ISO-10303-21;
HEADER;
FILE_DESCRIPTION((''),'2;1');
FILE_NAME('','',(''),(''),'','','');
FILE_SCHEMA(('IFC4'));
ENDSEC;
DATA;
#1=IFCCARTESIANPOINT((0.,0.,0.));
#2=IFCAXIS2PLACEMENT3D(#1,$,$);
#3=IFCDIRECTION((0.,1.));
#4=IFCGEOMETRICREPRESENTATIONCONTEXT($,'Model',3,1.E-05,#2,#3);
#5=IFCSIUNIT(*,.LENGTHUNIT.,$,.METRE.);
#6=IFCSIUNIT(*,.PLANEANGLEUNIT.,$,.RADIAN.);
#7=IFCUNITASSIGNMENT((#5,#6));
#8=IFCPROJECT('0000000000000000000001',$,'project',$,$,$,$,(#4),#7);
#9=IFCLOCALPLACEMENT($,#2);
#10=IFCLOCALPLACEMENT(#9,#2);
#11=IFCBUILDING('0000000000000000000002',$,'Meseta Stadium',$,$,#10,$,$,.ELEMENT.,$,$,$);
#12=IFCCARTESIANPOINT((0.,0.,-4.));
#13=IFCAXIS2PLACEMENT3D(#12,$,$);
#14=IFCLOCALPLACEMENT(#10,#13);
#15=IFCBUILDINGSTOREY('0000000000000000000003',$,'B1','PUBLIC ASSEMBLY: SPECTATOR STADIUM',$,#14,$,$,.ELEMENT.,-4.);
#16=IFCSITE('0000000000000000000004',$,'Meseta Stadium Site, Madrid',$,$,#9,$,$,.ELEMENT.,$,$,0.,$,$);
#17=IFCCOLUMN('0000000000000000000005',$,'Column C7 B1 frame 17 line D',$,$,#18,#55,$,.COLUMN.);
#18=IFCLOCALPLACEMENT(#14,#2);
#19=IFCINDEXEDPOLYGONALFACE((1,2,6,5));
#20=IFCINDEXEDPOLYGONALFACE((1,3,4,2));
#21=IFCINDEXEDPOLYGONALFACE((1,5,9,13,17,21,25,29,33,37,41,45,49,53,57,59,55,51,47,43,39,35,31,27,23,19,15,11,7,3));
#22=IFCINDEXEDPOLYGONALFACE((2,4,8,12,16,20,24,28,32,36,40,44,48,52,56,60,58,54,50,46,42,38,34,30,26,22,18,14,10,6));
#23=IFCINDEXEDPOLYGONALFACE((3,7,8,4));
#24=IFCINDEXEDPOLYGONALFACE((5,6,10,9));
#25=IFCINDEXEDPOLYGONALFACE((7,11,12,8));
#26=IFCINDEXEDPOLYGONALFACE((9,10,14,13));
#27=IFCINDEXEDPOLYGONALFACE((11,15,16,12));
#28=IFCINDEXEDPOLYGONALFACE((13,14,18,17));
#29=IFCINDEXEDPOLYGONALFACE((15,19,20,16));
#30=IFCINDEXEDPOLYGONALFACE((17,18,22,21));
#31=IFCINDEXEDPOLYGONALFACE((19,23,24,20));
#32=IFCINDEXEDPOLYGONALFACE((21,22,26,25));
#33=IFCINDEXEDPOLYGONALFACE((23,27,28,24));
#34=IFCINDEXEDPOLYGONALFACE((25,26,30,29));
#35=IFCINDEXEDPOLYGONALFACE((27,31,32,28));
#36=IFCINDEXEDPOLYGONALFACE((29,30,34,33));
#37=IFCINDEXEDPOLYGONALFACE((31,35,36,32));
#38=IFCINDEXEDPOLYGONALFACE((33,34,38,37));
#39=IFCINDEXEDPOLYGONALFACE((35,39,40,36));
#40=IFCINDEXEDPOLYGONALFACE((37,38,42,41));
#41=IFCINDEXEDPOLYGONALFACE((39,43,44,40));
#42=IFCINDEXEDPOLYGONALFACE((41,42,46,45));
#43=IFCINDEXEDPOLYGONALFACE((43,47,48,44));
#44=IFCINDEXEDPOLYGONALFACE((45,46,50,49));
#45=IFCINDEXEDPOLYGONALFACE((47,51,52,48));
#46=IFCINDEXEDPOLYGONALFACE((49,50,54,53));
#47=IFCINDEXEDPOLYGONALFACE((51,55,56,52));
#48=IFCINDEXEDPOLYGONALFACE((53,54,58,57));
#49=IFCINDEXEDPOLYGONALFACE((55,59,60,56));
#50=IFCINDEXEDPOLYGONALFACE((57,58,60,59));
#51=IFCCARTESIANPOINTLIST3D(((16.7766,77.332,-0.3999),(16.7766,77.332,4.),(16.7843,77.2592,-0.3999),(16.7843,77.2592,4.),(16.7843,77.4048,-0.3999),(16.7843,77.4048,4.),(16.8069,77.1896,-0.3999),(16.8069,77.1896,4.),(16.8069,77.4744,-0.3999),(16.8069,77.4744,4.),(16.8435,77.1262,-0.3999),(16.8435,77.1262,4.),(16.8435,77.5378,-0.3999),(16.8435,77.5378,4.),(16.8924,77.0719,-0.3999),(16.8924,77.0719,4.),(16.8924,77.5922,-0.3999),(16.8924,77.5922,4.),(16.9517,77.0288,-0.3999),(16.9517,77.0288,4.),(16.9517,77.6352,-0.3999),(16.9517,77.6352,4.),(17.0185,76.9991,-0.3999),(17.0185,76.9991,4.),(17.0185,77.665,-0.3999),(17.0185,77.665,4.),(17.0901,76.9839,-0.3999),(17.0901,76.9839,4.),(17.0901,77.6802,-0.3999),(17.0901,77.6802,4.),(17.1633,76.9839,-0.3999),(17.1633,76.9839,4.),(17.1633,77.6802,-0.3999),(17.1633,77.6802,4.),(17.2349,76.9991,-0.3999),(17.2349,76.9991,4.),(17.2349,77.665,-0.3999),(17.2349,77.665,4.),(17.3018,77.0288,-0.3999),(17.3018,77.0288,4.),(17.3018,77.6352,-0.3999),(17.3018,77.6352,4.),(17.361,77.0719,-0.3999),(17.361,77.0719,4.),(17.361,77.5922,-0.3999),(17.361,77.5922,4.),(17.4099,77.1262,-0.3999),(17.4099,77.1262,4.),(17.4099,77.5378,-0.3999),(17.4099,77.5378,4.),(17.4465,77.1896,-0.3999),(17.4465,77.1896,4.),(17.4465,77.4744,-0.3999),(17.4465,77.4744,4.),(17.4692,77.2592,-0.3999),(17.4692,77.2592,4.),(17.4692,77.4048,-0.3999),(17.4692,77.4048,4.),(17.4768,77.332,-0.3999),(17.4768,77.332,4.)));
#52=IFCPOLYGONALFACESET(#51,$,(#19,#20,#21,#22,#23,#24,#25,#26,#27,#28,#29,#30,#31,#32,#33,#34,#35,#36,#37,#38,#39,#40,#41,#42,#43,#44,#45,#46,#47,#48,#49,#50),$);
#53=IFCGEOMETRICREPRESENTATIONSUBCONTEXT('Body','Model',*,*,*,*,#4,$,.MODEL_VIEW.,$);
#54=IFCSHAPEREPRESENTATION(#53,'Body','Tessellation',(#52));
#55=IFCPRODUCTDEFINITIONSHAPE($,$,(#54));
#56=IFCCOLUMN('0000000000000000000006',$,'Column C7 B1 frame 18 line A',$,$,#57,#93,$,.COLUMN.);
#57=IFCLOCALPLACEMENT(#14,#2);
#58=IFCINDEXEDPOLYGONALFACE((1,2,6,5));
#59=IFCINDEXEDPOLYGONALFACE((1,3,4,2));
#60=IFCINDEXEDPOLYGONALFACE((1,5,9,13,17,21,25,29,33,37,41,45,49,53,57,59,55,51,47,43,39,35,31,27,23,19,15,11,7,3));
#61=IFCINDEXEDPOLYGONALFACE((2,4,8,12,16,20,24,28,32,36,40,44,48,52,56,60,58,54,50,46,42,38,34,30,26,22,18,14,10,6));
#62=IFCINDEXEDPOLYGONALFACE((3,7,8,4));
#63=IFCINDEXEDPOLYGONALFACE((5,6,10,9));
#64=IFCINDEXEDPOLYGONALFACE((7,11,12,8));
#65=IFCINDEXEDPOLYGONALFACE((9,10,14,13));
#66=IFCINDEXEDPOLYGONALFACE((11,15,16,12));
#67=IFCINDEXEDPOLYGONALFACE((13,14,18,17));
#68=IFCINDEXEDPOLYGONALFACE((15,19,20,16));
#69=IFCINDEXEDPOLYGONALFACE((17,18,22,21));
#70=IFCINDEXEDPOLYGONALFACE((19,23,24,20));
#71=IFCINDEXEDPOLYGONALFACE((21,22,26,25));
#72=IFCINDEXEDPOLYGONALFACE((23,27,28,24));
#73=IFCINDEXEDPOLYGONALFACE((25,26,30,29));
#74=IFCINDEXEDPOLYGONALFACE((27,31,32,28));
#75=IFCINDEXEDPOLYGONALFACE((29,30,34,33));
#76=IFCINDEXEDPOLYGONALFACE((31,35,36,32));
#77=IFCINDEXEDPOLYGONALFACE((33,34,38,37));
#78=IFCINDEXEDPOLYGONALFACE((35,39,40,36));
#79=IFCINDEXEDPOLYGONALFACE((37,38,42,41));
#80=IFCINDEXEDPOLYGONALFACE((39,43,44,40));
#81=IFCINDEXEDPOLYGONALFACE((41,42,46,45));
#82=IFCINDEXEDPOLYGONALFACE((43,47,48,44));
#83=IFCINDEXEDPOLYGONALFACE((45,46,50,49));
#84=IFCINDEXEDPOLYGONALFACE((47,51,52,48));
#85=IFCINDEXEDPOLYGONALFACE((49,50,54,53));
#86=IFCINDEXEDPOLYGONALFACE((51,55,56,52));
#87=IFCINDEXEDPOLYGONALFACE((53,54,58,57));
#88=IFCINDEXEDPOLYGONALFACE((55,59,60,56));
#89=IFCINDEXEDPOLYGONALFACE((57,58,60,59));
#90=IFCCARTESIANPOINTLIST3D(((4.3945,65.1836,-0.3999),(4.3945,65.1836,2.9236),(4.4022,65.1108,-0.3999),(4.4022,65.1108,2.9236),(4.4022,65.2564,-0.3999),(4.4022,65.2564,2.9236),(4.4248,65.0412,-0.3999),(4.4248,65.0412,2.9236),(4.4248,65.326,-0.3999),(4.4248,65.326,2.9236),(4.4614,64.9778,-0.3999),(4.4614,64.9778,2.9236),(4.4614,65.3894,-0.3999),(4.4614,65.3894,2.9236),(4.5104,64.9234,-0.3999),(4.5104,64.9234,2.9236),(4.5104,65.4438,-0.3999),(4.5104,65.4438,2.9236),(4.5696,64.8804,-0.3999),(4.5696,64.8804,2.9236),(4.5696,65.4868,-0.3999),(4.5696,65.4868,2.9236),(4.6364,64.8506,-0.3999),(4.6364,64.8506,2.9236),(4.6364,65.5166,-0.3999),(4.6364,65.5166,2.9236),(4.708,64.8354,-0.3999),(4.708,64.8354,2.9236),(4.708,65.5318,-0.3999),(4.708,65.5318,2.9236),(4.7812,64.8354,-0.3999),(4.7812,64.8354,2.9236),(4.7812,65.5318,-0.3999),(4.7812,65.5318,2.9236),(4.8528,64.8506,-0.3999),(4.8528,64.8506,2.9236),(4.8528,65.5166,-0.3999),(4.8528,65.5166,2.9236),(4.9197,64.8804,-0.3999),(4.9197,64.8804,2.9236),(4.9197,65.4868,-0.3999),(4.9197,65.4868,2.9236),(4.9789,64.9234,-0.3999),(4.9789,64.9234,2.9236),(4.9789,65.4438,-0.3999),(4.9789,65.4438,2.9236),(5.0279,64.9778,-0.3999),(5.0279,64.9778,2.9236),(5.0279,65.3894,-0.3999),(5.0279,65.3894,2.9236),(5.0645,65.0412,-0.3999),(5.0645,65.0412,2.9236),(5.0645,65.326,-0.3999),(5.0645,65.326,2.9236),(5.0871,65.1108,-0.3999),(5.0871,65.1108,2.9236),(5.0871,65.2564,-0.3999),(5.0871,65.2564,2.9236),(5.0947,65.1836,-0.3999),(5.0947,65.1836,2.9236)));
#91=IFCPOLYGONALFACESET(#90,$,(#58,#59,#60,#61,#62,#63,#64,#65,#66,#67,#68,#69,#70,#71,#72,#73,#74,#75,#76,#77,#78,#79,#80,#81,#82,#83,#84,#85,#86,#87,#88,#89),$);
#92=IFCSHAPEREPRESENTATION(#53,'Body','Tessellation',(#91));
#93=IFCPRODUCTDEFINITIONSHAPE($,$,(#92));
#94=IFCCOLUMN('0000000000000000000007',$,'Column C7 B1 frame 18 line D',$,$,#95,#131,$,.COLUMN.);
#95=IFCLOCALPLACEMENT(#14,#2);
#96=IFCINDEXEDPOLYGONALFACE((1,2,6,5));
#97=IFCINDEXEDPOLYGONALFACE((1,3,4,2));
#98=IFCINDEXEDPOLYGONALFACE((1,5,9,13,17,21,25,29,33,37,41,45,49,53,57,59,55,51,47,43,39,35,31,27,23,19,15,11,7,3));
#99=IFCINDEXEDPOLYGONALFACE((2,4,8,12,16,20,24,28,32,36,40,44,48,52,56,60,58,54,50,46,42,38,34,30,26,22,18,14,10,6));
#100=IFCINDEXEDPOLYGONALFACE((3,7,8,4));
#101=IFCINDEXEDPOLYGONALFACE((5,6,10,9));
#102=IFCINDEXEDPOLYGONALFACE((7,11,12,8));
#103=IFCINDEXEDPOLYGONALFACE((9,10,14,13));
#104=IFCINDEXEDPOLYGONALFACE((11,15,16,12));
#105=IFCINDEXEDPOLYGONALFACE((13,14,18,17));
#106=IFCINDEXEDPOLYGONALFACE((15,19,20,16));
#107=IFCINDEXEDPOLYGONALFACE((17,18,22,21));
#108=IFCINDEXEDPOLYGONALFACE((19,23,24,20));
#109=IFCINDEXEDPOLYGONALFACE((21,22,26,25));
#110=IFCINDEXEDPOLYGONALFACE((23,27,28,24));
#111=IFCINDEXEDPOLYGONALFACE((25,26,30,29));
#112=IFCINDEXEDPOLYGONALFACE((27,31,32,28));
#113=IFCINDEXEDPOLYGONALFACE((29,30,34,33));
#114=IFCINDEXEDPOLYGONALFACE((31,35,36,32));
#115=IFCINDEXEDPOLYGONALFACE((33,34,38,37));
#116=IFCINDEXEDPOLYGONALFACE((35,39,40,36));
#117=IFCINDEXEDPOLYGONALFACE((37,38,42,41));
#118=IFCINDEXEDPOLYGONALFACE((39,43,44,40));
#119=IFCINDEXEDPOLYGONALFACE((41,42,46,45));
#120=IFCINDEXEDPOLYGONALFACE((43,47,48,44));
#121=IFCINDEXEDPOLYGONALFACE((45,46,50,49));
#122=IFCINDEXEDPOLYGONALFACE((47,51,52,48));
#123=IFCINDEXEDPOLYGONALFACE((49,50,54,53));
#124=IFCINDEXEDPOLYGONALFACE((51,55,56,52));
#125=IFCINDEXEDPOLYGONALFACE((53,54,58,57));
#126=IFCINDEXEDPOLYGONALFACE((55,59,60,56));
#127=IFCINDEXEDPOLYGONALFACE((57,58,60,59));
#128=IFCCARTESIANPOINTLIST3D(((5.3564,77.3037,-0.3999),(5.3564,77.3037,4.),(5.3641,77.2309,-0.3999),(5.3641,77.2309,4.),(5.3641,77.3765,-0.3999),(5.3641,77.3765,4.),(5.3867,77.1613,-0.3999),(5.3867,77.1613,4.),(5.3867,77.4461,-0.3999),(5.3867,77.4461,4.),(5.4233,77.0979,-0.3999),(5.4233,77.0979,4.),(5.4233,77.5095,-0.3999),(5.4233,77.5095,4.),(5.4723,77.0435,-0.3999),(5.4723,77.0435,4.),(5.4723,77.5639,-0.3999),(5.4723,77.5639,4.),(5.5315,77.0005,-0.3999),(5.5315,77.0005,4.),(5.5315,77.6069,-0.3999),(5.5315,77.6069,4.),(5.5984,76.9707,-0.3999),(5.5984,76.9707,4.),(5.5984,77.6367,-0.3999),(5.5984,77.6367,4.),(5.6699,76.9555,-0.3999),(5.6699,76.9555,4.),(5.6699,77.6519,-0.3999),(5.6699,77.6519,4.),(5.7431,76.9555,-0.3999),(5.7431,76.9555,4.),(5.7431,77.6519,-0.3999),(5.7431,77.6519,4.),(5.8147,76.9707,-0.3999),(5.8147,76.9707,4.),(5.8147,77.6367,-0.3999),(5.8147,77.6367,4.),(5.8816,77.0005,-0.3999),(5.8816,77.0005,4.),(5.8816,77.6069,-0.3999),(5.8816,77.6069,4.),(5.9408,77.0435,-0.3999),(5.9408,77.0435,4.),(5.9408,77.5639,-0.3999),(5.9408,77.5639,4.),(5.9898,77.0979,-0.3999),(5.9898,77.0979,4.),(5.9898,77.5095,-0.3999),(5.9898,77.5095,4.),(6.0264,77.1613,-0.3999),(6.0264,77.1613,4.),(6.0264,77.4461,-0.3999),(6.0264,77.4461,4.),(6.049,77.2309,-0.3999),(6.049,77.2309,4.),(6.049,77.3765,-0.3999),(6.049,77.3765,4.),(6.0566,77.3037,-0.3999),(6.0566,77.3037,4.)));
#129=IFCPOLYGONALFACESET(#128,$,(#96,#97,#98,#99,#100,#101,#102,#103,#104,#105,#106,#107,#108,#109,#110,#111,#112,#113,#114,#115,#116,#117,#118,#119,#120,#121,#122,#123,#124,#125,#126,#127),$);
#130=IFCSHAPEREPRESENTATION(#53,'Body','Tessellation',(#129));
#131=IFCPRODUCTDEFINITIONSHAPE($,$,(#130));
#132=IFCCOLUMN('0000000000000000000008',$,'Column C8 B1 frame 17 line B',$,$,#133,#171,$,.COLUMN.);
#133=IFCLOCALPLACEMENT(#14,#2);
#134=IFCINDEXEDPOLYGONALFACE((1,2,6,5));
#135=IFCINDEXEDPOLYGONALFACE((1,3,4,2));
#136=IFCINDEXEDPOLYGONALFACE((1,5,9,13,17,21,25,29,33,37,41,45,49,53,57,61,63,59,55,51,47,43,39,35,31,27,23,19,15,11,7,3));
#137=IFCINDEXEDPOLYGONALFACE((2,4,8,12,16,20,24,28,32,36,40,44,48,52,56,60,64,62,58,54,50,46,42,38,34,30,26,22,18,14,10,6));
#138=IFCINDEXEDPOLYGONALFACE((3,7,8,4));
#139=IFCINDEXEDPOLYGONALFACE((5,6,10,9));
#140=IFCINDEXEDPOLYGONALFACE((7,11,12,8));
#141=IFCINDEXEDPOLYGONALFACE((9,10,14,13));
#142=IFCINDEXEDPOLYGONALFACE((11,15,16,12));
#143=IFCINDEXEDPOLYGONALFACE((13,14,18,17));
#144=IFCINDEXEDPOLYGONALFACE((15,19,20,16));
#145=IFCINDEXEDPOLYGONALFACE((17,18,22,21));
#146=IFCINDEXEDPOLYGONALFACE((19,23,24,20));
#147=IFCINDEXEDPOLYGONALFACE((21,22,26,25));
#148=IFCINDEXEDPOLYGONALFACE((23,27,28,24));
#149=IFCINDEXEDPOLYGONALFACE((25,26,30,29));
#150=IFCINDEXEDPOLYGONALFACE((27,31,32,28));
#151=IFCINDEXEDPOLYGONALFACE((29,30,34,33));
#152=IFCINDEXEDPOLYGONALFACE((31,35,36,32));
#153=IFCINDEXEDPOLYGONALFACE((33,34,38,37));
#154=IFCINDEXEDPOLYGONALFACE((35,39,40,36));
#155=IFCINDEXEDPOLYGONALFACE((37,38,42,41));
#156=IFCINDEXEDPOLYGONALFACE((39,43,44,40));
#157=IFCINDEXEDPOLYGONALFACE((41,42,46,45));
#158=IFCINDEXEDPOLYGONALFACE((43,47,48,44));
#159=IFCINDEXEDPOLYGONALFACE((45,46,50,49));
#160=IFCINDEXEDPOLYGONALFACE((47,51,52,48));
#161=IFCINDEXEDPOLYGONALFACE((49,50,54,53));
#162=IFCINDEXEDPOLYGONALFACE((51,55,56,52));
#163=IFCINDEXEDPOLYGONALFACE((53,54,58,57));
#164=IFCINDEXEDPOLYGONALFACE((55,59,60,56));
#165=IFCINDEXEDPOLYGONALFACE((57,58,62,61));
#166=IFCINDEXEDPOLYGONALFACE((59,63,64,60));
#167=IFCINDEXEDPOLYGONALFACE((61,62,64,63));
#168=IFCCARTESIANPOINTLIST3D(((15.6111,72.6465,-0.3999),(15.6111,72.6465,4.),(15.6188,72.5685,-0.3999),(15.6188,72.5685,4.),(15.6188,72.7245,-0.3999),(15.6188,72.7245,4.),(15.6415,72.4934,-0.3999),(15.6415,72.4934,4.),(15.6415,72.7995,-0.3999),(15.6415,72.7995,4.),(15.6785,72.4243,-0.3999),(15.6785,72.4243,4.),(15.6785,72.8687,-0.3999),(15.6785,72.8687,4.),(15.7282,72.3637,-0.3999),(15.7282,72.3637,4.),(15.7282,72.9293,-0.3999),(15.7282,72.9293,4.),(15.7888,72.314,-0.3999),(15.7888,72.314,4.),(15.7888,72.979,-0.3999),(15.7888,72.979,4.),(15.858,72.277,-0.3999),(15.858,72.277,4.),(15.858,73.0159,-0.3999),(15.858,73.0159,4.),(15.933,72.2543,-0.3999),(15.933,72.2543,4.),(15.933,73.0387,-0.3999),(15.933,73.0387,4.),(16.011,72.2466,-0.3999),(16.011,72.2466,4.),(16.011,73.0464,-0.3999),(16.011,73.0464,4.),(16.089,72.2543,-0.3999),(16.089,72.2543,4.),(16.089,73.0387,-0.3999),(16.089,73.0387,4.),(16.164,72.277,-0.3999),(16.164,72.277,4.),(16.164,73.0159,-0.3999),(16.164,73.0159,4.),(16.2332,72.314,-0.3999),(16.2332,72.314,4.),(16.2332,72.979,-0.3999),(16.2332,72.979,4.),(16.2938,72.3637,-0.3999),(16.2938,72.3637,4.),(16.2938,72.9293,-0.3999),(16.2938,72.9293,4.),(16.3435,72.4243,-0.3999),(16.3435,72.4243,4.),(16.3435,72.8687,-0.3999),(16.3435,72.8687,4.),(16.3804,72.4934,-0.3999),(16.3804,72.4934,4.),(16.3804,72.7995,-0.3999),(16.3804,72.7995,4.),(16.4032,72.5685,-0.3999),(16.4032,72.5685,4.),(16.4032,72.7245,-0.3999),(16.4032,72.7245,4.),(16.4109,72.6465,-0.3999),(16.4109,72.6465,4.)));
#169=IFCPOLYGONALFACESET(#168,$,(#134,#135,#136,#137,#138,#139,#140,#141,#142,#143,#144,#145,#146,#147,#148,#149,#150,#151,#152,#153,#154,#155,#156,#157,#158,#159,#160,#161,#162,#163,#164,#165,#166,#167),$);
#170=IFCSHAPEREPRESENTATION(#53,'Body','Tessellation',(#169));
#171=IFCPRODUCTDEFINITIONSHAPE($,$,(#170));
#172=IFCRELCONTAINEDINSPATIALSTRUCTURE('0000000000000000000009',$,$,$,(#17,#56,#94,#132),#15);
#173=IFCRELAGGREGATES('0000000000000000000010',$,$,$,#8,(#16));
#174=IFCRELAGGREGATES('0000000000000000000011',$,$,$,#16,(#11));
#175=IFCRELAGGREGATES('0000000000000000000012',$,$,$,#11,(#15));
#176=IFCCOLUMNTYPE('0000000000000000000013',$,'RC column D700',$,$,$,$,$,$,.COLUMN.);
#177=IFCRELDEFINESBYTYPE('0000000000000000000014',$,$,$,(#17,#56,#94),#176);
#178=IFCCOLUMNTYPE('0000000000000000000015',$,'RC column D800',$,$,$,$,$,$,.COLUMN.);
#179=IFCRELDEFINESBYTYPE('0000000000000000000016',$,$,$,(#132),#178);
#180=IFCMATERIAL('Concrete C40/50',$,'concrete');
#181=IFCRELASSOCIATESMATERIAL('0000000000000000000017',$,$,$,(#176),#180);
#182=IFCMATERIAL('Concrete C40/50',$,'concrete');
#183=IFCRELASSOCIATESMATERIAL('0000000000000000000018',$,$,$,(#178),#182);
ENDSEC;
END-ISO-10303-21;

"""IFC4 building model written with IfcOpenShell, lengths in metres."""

from ifc_helpers import new_model, si_unit, direction, frame, origin, origin_2d, place, context, subcontext, project, spatial, circle, extrude, material, material_profile, profile_set, type_object, element, save


model = new_model("IFC4")

# Units and contexts
model_context = context("Model", 3, precision=1e-05, world=origin(), true_north=direction((0.0, 1.0)))
body_context = subcontext(model_context, "Body", "Model", "MODEL_VIEW")
ifc_project = project(units=[si_unit("LENGTHUNIT", "METRE"), si_unit("PLANEANGLEUNIT", "RADIAN")], contexts=[model_context])

# Site, building, storey
site_placement = place(None, origin())
site = spatial("IfcSite", under=ifc_project, at=site_placement, Name="Meseta Stadium Site, Madrid", CompositionType="ELEMENT", RefElevation=0.0)
building_placement = place(site_placement, origin())
building = spatial("IfcBuilding", under=site, at=building_placement, Name="Meseta Stadium", CompositionType="ELEMENT")
storey_placement = place(building_placement, frame((0.0, 0.0, -4.0)))
storey = spatial("IfcBuildingStorey", under=building, at=storey_placement, Name="B1", Description="PUBLIC ASSEMBLY: SPECTATOR STADIUM", CompositionType="ELEMENT", Elevation=-4.0)

# Columns
ifc_material_1 = material(Name="Concrete C40/50", Category="concrete")
ifc_material_profile_1 = material_profile(ifc_material_1, circle(Radius=0.3501, at=origin_2d()), Name="RC D700")
ifc_profile_set_1 = profile_set([ifc_material_profile_1], Name="Concrete C40/50")
column_type_1 = type_object("IfcColumnType", Name="RC column D700", PredefinedType="COLUMN", material=ifc_profile_set_1)
column_1_placement = place(storey_placement, frame((17.1267, 77.332, -0.3999), z_axis=(0.0, 0.0, 1.0), x_axis=(1.0, 0.0, 0.0)))
element("IfcColumn", 1, at=column_1_placement, inside=storey, type_object=column_type_1, Name="Column C7 B1 frame 17 line D", PredefinedType="COLUMN", context=body_context, shape_type="SweptSolid", body=[
    extrude(circle(Radius=0.3501, at=origin_2d()), origin(), (0.0, 0.0, 1.0), 4.3999),
])
column_2_placement = place(storey_placement, frame((4.7446, 65.1836, -0.3999), z_axis=(0.0, 0.0, 1.0), x_axis=(1.0, 0.0, 0.0)))
element("IfcColumn", 2, at=column_2_placement, inside=storey, type_object=column_type_1, Name="Column C7 B1 frame 18 line A", PredefinedType="COLUMN", context=body_context, shape_type="SweptSolid", body=[
    extrude(circle(Radius=0.3501, at=origin_2d()), origin(), (0.0, 0.0, 1.0), 3.3235),
])
column_3_placement = place(storey_placement, frame((5.7065, 77.3037, -0.3999), z_axis=(0.0, 0.0, 1.0), x_axis=(1.0, 0.0, 0.0)))
element("IfcColumn", 3, at=column_3_placement, inside=storey, type_object=column_type_1, Name="Column C7 B1 frame 18 line D", PredefinedType="COLUMN", context=body_context, shape_type="SweptSolid", body=[
    extrude(circle(Radius=0.3501, at=origin_2d()), origin(), (0.0, 0.0, 1.0), 4.3999),
])
ifc_material_2 = material(Name="Concrete C40/50", Category="concrete")
ifc_material_profile_2 = material_profile(ifc_material_2, circle(Radius=0.3999, at=origin_2d()), Name="RC D800")
ifc_profile_set_2 = profile_set([ifc_material_profile_2], Name="Concrete C40/50")
column_type_2 = type_object("IfcColumnType", Name="RC column D800", PredefinedType="COLUMN", material=ifc_profile_set_2)
for number, where, z_axis, x_axis, name in (
    (4, (16.011, 72.6465, -0.3999), (0.0, 0.0, 1.0), (1.0, 0.0, 0.0), "Column C8 B1 frame 17 line B"),
):
    element("IfcColumn", number, at=place(storey_placement, frame(where, z_axis=z_axis, x_axis=x_axis)), inside=storey, type_object=column_type_2, Name=name, PredefinedType="COLUMN", context=body_context, shape_type="SweptSolid", body=[
        extrude(circle(Radius=0.3999, at=origin_2d()), origin(), (0.0, 0.0, 1.0), 4.3999),
    ])

save(model, "model.ifc")
